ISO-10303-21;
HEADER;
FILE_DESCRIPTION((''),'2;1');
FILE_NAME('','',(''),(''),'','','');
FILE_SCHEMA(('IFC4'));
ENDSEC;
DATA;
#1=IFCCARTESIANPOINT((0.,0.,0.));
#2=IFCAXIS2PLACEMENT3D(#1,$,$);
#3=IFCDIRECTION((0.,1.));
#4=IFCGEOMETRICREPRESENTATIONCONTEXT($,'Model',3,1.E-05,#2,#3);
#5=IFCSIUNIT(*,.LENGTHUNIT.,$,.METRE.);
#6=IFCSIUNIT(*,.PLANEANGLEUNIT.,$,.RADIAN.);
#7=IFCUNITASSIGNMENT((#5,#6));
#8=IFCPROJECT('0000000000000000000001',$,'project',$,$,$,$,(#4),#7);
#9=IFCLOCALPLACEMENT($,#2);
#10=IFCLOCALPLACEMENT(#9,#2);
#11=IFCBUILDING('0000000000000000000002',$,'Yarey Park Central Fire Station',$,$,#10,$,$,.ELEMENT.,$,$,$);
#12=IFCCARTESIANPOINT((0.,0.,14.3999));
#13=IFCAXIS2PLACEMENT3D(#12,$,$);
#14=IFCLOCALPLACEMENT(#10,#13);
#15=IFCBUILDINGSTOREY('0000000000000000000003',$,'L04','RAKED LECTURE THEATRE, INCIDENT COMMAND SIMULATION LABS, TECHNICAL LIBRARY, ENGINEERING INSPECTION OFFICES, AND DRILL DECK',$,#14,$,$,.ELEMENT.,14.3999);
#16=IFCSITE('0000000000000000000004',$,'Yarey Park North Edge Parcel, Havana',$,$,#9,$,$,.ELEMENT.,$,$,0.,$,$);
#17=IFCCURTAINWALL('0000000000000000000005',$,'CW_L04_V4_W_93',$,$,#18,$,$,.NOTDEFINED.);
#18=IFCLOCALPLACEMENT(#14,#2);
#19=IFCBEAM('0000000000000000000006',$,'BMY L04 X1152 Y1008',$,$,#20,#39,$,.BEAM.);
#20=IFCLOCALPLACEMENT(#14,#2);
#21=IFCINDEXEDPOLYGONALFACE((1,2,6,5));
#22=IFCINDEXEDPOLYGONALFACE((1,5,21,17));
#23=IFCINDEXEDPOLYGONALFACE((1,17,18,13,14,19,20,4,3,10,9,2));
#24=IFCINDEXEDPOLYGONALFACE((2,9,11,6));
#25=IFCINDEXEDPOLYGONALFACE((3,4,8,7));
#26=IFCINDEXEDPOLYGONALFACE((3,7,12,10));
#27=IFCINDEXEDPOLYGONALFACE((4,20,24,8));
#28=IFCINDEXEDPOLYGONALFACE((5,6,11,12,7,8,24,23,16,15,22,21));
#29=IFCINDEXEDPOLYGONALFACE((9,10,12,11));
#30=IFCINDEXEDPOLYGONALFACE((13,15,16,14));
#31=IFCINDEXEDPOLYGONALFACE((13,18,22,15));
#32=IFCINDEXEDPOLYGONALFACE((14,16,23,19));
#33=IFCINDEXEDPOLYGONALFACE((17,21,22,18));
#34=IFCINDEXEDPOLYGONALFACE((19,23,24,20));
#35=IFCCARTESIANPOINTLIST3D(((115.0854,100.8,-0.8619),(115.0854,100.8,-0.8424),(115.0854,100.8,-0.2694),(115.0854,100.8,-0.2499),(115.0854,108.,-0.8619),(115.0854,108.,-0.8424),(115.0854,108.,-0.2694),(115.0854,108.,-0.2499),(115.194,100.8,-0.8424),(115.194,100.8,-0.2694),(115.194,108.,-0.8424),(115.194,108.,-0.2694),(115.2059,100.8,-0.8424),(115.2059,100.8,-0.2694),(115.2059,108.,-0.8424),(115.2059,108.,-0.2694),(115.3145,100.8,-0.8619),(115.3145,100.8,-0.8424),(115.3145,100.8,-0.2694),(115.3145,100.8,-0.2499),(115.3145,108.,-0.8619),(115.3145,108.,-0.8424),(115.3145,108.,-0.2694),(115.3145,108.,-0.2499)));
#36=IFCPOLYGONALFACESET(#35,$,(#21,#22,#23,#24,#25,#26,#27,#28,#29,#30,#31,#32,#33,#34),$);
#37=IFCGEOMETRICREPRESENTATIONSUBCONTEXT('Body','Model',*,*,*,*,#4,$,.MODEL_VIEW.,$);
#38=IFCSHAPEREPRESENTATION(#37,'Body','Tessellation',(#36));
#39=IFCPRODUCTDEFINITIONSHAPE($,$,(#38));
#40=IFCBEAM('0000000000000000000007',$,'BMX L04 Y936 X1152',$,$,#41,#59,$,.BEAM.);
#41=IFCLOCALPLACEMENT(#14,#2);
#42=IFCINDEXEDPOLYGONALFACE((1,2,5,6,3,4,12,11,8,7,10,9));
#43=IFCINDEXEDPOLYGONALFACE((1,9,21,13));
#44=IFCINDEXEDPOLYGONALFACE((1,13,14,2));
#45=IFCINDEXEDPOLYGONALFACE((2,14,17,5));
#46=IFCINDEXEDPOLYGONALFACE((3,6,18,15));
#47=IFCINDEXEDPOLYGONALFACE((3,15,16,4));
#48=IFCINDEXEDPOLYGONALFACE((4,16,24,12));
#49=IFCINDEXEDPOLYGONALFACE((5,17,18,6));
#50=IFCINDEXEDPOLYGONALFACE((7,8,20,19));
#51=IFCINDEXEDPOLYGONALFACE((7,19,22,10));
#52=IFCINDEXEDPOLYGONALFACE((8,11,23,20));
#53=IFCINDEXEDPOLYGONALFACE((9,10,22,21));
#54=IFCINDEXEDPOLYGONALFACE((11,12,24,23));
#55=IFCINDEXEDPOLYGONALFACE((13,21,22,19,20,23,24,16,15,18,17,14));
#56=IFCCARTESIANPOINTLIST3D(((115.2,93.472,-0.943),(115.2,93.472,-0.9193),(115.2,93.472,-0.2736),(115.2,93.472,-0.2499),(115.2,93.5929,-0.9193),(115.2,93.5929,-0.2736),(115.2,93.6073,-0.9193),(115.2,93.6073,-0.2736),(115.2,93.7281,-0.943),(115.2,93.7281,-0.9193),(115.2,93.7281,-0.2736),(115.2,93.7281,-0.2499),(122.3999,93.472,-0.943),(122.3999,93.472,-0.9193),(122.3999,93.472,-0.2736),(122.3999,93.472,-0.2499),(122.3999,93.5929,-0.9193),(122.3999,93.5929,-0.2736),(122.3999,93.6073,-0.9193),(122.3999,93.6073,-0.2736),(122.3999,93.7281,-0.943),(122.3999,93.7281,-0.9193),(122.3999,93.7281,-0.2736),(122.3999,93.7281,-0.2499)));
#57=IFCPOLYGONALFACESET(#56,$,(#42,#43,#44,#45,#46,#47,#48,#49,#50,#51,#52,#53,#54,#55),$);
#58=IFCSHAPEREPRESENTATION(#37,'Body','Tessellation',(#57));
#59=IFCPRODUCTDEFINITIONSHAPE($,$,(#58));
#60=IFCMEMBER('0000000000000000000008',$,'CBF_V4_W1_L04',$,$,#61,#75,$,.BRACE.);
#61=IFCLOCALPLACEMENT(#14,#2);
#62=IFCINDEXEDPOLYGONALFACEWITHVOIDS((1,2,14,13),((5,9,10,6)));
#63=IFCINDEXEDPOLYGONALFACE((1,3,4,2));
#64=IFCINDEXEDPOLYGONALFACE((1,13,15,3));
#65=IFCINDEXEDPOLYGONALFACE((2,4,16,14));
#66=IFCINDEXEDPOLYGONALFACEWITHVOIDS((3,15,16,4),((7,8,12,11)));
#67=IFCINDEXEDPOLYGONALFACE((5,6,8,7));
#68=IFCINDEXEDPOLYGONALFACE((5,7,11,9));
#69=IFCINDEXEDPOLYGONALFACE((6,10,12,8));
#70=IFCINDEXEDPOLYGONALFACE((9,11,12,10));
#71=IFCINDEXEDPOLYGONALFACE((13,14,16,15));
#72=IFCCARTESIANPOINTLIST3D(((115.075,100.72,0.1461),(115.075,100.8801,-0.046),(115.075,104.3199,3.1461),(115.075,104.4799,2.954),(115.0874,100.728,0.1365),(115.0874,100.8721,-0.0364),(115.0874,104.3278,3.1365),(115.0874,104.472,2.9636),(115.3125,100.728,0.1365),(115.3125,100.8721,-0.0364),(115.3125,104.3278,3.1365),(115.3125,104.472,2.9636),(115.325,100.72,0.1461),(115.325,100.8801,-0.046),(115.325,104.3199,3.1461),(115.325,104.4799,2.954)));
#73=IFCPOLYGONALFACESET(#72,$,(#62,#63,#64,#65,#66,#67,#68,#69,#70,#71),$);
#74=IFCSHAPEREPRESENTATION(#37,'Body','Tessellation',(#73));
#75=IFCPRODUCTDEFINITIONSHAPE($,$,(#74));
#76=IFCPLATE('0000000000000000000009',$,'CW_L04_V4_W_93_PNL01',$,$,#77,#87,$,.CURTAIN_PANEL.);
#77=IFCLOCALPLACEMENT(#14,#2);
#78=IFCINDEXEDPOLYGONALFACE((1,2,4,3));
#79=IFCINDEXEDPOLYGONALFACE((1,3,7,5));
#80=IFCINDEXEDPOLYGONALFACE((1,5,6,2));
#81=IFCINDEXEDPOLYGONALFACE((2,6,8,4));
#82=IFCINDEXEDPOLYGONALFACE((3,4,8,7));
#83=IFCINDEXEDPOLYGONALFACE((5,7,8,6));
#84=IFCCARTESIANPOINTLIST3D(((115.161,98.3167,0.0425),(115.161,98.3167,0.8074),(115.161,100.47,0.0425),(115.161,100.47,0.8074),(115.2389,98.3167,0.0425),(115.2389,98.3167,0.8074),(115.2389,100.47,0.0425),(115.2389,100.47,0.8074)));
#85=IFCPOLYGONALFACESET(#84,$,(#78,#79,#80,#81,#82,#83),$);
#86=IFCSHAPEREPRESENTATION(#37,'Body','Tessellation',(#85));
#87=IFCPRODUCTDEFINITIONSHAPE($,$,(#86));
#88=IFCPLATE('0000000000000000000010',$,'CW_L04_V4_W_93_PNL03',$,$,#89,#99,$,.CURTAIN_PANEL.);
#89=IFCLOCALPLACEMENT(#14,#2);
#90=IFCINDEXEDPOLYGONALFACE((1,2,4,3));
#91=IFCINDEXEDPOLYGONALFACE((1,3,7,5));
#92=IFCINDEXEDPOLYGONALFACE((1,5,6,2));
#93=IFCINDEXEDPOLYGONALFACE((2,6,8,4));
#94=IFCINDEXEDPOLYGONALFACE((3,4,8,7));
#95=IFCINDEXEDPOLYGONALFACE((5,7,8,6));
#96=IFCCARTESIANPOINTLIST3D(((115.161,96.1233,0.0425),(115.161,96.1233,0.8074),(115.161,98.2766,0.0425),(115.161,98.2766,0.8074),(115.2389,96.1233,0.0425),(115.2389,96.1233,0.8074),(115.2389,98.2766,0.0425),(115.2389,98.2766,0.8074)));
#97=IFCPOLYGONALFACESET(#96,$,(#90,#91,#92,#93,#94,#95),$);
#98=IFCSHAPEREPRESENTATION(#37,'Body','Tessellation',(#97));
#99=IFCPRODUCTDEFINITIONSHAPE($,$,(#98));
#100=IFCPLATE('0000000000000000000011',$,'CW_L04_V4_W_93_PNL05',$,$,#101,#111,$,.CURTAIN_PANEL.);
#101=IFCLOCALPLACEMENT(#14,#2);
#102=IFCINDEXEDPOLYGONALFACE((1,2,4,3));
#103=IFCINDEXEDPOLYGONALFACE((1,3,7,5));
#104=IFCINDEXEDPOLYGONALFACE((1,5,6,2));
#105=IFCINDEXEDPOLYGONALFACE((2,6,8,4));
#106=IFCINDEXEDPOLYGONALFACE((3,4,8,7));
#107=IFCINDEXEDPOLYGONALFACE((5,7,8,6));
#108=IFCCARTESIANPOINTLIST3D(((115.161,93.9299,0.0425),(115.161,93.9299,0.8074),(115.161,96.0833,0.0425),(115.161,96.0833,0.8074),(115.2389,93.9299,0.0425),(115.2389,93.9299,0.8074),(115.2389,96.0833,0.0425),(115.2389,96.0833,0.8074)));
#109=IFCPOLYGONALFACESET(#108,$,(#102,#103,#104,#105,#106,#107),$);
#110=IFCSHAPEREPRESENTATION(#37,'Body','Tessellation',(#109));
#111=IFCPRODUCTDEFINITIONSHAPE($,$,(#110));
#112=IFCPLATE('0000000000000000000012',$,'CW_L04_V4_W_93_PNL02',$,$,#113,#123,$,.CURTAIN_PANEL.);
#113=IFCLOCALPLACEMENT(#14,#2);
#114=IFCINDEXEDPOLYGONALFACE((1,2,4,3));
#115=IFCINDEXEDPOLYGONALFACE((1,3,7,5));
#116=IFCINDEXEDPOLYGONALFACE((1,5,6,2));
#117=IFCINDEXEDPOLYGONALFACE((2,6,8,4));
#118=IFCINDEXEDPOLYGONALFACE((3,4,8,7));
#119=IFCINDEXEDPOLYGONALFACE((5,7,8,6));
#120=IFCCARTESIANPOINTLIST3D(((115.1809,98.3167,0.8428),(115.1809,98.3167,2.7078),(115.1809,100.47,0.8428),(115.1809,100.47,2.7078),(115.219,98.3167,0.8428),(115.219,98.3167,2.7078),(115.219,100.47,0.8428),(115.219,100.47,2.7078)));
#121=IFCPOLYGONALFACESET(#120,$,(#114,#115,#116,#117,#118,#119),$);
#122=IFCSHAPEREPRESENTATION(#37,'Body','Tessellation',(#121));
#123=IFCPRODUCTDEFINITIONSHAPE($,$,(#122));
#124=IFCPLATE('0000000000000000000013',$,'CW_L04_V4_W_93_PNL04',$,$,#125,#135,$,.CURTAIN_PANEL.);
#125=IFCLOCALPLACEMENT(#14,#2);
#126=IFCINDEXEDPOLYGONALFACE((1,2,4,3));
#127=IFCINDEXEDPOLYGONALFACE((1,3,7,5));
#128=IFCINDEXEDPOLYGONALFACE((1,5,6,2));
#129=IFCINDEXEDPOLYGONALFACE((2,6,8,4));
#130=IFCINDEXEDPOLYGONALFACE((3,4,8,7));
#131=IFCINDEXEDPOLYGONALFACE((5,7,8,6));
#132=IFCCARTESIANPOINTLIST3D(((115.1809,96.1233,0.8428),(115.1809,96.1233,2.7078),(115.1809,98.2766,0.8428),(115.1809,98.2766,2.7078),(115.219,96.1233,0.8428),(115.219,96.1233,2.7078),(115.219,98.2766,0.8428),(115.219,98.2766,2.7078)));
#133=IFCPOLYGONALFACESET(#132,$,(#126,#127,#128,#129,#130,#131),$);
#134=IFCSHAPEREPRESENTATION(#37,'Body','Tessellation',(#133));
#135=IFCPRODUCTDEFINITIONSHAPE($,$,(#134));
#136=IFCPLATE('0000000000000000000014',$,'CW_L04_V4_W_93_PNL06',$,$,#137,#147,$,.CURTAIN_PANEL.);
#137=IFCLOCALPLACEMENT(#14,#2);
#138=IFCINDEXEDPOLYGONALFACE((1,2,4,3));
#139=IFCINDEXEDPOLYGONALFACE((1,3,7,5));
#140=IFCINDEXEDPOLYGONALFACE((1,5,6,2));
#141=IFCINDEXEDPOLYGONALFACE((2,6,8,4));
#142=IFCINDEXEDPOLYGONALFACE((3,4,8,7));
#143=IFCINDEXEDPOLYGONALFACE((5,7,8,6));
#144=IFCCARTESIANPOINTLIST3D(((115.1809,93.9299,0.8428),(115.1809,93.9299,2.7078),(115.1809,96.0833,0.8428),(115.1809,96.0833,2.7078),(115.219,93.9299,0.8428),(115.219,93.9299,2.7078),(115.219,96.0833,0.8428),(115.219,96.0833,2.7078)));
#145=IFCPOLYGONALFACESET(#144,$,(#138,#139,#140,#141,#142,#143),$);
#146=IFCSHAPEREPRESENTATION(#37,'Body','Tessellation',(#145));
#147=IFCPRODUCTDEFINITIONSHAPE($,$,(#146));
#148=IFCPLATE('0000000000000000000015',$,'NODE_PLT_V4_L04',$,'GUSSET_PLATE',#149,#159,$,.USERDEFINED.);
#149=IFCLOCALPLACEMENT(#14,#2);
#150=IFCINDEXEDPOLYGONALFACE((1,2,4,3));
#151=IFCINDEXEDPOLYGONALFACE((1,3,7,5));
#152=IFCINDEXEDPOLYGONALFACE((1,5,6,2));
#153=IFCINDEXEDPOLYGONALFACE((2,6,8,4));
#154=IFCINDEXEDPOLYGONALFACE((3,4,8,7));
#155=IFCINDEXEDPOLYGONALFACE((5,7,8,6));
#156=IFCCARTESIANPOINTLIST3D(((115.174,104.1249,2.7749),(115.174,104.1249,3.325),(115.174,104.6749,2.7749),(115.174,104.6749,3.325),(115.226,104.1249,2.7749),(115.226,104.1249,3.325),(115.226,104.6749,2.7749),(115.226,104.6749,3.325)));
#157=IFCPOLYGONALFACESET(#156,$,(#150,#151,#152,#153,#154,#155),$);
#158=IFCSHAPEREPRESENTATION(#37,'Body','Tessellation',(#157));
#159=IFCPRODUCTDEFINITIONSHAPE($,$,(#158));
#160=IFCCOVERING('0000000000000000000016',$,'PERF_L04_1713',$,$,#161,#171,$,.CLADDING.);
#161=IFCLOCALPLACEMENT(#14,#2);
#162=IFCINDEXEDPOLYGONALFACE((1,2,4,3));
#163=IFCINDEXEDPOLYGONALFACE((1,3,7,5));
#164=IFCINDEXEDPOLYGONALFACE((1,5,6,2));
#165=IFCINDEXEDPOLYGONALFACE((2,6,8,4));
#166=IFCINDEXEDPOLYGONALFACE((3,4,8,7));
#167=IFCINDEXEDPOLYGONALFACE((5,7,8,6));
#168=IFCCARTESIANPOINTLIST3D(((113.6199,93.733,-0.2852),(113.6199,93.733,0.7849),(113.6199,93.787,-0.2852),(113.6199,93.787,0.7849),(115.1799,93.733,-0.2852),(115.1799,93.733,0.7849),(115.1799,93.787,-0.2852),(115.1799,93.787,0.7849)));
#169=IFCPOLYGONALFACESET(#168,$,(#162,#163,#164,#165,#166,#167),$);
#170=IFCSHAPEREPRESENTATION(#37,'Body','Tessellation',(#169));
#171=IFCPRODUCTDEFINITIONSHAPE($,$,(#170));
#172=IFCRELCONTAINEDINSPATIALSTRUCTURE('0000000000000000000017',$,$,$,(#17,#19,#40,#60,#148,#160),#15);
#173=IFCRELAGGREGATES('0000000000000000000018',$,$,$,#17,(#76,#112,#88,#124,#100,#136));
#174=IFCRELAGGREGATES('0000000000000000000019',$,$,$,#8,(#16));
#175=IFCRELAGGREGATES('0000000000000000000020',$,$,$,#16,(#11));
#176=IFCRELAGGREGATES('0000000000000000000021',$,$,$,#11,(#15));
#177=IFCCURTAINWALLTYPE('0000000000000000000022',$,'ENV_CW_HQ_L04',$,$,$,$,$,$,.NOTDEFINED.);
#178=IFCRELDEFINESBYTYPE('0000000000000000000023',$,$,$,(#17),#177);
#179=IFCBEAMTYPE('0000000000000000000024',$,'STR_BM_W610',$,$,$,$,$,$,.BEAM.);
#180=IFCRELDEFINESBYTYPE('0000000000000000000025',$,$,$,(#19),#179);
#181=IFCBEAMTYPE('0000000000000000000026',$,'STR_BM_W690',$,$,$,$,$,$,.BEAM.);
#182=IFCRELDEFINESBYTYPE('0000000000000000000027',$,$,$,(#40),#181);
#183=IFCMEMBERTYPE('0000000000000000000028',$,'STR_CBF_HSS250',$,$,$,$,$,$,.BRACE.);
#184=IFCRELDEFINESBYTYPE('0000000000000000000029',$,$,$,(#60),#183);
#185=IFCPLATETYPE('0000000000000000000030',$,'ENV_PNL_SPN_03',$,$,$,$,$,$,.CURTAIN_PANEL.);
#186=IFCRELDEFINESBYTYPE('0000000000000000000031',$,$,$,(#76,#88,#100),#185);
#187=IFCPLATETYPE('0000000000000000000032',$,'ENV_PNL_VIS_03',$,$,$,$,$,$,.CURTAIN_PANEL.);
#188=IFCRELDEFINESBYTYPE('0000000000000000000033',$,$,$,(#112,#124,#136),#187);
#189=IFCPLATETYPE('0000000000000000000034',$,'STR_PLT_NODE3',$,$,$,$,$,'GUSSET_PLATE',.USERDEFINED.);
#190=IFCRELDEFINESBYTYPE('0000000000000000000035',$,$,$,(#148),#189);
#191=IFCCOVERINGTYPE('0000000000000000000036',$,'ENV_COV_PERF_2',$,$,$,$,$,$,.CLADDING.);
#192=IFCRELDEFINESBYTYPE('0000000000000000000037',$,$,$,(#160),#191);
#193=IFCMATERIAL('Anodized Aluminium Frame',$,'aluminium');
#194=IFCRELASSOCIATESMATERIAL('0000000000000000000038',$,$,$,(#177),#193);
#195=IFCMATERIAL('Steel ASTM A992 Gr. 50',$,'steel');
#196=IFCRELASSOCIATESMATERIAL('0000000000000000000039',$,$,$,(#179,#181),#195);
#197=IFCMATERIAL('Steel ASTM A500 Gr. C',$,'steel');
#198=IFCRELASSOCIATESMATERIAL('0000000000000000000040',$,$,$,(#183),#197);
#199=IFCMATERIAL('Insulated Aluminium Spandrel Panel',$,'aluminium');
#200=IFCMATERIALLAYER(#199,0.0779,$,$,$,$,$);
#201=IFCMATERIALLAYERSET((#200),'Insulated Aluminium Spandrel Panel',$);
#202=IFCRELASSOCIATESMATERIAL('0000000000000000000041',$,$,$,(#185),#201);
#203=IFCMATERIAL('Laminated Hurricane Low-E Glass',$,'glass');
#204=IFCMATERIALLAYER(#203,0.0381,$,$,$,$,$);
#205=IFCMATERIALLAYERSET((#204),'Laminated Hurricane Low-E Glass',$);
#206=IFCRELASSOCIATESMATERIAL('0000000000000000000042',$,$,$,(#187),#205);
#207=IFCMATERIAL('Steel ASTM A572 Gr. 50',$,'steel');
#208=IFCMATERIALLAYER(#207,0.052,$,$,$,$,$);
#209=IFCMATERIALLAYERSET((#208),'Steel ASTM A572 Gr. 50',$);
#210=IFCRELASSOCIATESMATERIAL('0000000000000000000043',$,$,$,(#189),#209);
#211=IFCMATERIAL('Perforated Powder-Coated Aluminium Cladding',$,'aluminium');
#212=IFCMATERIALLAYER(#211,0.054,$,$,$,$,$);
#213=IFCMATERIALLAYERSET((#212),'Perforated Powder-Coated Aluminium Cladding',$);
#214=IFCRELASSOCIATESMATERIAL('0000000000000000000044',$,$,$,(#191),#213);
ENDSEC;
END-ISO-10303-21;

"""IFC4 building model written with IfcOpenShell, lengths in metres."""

from ifc_helpers import new_model, si_unit, direction, frame, origin, origin_2d, place, context, subcontext, project, spatial, rectangle, hollow_rectangle, i_section, extrude, material, layer, layer_set, material_profile, profile_set, type_object, element, aggregate, save


model = new_model("IFC4")

# Units and contexts
model_context = context("Model", 3, precision=1e-05, world=origin(), true_north=direction((0.0, 1.0)))
body_context = subcontext(model_context, "Body", "Model", "MODEL_VIEW")
ifc_project = project(units=[si_unit("LENGTHUNIT", "METRE"), si_unit("PLANEANGLEUNIT", "RADIAN")], contexts=[model_context])

# Site, building, storey
site_placement = place(None, origin())
site = spatial("IfcSite", under=ifc_project, at=site_placement, Name="Yarey Park North Edge Parcel, Havana", CompositionType="ELEMENT", RefElevation=0.0)
building_placement = place(site_placement, origin())
building = spatial("IfcBuilding", under=site, at=building_placement, Name="Yarey Park Central Fire Station", CompositionType="ELEMENT")
storey_placement = place(building_placement, frame((0.0, 0.0, 14.3999)))
storey = spatial("IfcBuildingStorey", under=building, at=storey_placement, Name="L04", Description="RAKED LECTURE THEATRE, INCIDENT COMMAND SIMULATION LABS, TECHNICAL LIBRARY, ENGINEERING INSPECTION OFFICES, AND DRILL DECK", CompositionType="ELEMENT", Elevation=14.3999)

# Curtain wall
ifc_material_1 = material(Name="Anodized Aluminium Frame", Category="aluminium")
curtain_wall_type = type_object("IfcCurtainWallType", Name="ENV_CW_HQ_L04", PredefinedType="NOTDEFINED", material=ifc_material_1)
curtain_wall_placement = place(storey_placement, origin())
curtain_wall = element("IfcCurtainWall", 1, at=curtain_wall_placement, inside=storey, type_object=curtain_wall_type, Name="CW_L04_V4_W_93", PredefinedType="NOTDEFINED")

# Beams
ifc_material_2 = material(Name="Steel ASTM A992 Gr. 50", Category="steel")
ifc_material_profile_1 = material_profile(ifc_material_2, i_section(OverallWidth=0.229, OverallDepth=0.6121, WebThickness=0.012, FlangeThickness=0.0195, at=origin_2d()), Name="W610x125")
ifc_profile_set_1 = profile_set([ifc_material_profile_1], Name="Steel ASTM A992 Gr. 50")
beam_type_1 = type_object("IfcBeamType", Name="STR_BM_W610", PredefinedType="BEAM", material=ifc_profile_set_1)
for number, where, z_axis, x_axis, name in (
    (2, (115.2, 100.8, -0.5559), (0.0, 1.0, 0.0), (-1.0, 0.0, 0.0), "BMY L04 X1152 Y1008"),
):
    element("IfcBeam", number, at=place(storey_placement, frame(where, z_axis=z_axis, x_axis=x_axis)), inside=storey, type_object=beam_type_1, Name=name, PredefinedType="BEAM", context=body_context, shape_type="SweptSolid", body=[
        extrude(i_section(OverallWidth=0.229, OverallDepth=0.6121, WebThickness=0.012, FlangeThickness=0.0195, at=origin_2d()), origin(), (0.0, 0.0, 1.0), 7.2),
    ])
ifc_material_profile_2 = material_profile(ifc_material_2, i_section(OverallWidth=0.2561, OverallDepth=0.6931, WebThickness=0.0144, FlangeThickness=0.0237, at=origin_2d()), Name="W690x170")
ifc_profile_set_2 = profile_set([ifc_material_profile_2], Name="Steel ASTM A992 Gr. 50")
beam_type_2 = type_object("IfcBeamType", Name="STR_BM_W690", PredefinedType="BEAM", material=ifc_profile_set_2)
beam_placement = place(storey_placement, frame((115.2, 93.6001, -0.5964), z_axis=(1.0, 0.0, 0.0), x_axis=(0.0, 1.0, 0.0)))
element("IfcBeam", 3, at=beam_placement, inside=storey, type_object=beam_type_2, Name="BMX L04 Y936 X1152", PredefinedType="BEAM", context=body_context, shape_type="SweptSolid", body=[
    extrude(i_section(OverallWidth=0.2561, OverallDepth=0.6931, WebThickness=0.0144, FlangeThickness=0.0237, at=origin_2d()), origin(), (0.0, 0.0, 1.0), 7.2),
])

# Member
ifc_material_3 = material(Name="Steel ASTM A500 Gr. C", Category="steel")
ifc_material_profile_3 = material_profile(ifc_material_3, hollow_rectangle(XDim=0.25, YDim=0.25, WallThickness=0.0125, at=origin_2d()), Name="HSS 250x250x12.5")
ifc_profile_set_3 = profile_set([ifc_material_profile_3], Name="Steel ASTM A500 Gr. C")
member_type_1 = type_object("IfcMemberType", Name="STR_CBF_HSS250", PredefinedType="BRACE", material=ifc_profile_set_3)
member_1_placement = place(storey_placement, frame((115.2, 100.8, 0.05), z_axis=(0.0, 0.768208, 0.6402), x_axis=(-1.0, 0.0, 0.0)))
element("IfcMember", 4, at=member_1_placement, inside=storey, type_object=member_type_1, Name="CBF_V4_W1_L04", PredefinedType="BRACE", context=body_context, shape_type="SweptSolid", body=[
    extrude(hollow_rectangle(XDim=0.25, YDim=0.25, WallThickness=0.0125, at=origin_2d()), origin(), (0.0, 0.0, 1.0), 4.686),
])

# Plates
ifc_material_4 = material(Name="Insulated Aluminium Spandrel Panel", Category="aluminium")
ifc_layer_1 = layer(ifc_material_4, 0.0779)
ifc_layer_set_1 = layer_set([ifc_layer_1], Name="Insulated Aluminium Spandrel Panel")
plate_type_1 = type_object("IfcPlateType", Name="ENV_PNL_SPN_03", PredefinedType="CURTAIN_PANEL", material=ifc_layer_set_1)
plate_1_placement = place(storey_placement, frame((115.2, 99.3933, 0.0425), z_axis=(0.0, 0.0, 1.0), x_axis=(0.0, -1.0, 0.0)))
plate_1 = element("IfcPlate", 5, at=plate_1_placement, type_object=plate_type_1, Name="CW_L04_V4_W_93_PNL01", PredefinedType="CURTAIN_PANEL", context=body_context, shape_type="SweptSolid", body=[
    extrude(rectangle(XDim=2.1533, YDim=0.0779, at=origin_2d()), origin(), (0.0, 0.0, 1.0), 0.7649),
])
plate_2_placement = place(storey_placement, frame((115.2, 97.2, 0.0425), z_axis=(0.0, 0.0, 1.0), x_axis=(0.0, -1.0, 0.0)))
plate_2 = element("IfcPlate", 6, at=plate_2_placement, type_object=plate_type_1, Name="CW_L04_V4_W_93_PNL03", PredefinedType="CURTAIN_PANEL", context=body_context, shape_type="SweptSolid", body=[
    extrude(rectangle(XDim=2.1533, YDim=0.0779, at=origin_2d()), origin(), (0.0, 0.0, 1.0), 0.7649),
])
plate_3_placement = place(storey_placement, frame((115.2, 95.0066, 0.0425), z_axis=(0.0, 0.0, 1.0), x_axis=(0.0, -1.0, 0.0)))
plate_3 = element("IfcPlate", 7, at=plate_3_placement, type_object=plate_type_1, Name="CW_L04_V4_W_93_PNL05", PredefinedType="CURTAIN_PANEL", context=body_context, shape_type="SweptSolid", body=[
    extrude(rectangle(XDim=2.1533, YDim=0.0779, at=origin_2d()), origin(), (0.0, 0.0, 1.0), 0.7649),
])
ifc_material_5 = material(Name="Laminated Hurricane Low-E Glass", Category="glass")
ifc_layer_2 = layer(ifc_material_5, 0.0381)
ifc_layer_set_2 = layer_set([ifc_layer_2], Name="Laminated Hurricane Low-E Glass")
plate_type_2 = type_object("IfcPlateType", Name="ENV_PNL_VIS_03", PredefinedType="CURTAIN_PANEL", material=ifc_layer_set_2)
plate_4_placement = place(storey_placement, frame((115.2, 99.3933, 0.8428), z_axis=(0.0, 0.0, 1.0), x_axis=(0.0, -1.0, 0.0)))
plate_4 = element("IfcPlate", 8, at=plate_4_placement, type_object=plate_type_2, Name="CW_L04_V4_W_93_PNL02", PredefinedType="CURTAIN_PANEL", context=body_context, shape_type="SweptSolid", body=[
    extrude(rectangle(XDim=2.1533, YDim=0.0381, at=origin_2d()), origin(), (0.0, 0.0, 1.0), 1.865),
])
plate_5_placement = place(storey_placement, frame((115.2, 97.2, 0.8428), z_axis=(0.0, 0.0, 1.0), x_axis=(0.0, -1.0, 0.0)))
plate_5 = element("IfcPlate", 9, at=plate_5_placement, type_object=plate_type_2, Name="CW_L04_V4_W_93_PNL04", PredefinedType="CURTAIN_PANEL", context=body_context, shape_type="SweptSolid", body=[
    extrude(rectangle(XDim=2.1533, YDim=0.0381, at=origin_2d()), origin(), (0.0, 0.0, 1.0), 1.865),
])
plate_6_placement = place(storey_placement, frame((115.2, 95.0066, 0.8428), z_axis=(0.0, 0.0, 1.0), x_axis=(0.0, -1.0, 0.0)))
plate_6 = element("IfcPlate", 10, at=plate_6_placement, type_object=plate_type_2, Name="CW_L04_V4_W_93_PNL06", PredefinedType="CURTAIN_PANEL", context=body_context, shape_type="SweptSolid", body=[
    extrude(rectangle(XDim=2.1533, YDim=0.0381, at=origin_2d()), origin(), (0.0, 0.0, 1.0), 1.865),
])
aggregate(curtain_wall, [plate_1, plate_4, plate_2, plate_5, plate_3, plate_6])
ifc_material_6 = material(Name="Steel ASTM A572 Gr. 50", Category="steel")
ifc_layer_3 = layer(ifc_material_6, 0.052)
ifc_layer_set_3 = layer_set([ifc_layer_3], Name="Steel ASTM A572 Gr. 50")
plate_type_3 = type_object("IfcPlateType", Name="STR_PLT_NODE3", ElementType="GUSSET_PLATE", PredefinedType="USERDEFINED", material=ifc_layer_set_3)
plate_7_placement = place(storey_placement, frame((115.2, 104.3999, 2.7749), z_axis=(0.0, 0.0, 1.0), x_axis=(1.0, 0.0, 0.0)))
element("IfcPlate", 11, at=plate_7_placement, inside=storey, type_object=plate_type_3, Name="NODE_PLT_V4_L04", ObjectType="GUSSET_PLATE", PredefinedType="USERDEFINED", context=body_context, shape_type="SweptSolid", body=[
    extrude(rectangle(XDim=0.052, YDim=0.55, at=origin_2d()), origin(), (0.0, 0.0, 1.0), 0.55),
])

# Covering
ifc_material_7 = material(Name="Perforated Powder-Coated Aluminium Cladding", Category="aluminium")
ifc_layer_4 = layer(ifc_material_7, 0.054)
ifc_layer_set_4 = layer_set([ifc_layer_4], Name="Perforated Powder-Coated Aluminium Cladding")
covering_type = type_object("IfcCoveringType", Name="ENV_COV_PERF_2", PredefinedType="CLADDING", material=ifc_layer_set_4)
covering_placement = place(storey_placement, frame((114.3999, 93.76, -0.2852), z_axis=(0.0, 0.0, 1.0), x_axis=(1.0, 0.0, 0.0)))
element("IfcCovering", 12, at=covering_placement, inside=storey, type_object=covering_type, Name="PERF_L04_1713", PredefinedType="CLADDING", context=body_context, shape_type="SweptSolid", body=[
    extrude(rectangle(XDim=1.5601, YDim=0.054, at=origin_2d()), origin(), (0.0, 0.0, 1.0), 1.0701),
])

save(model, "model.ifc")
